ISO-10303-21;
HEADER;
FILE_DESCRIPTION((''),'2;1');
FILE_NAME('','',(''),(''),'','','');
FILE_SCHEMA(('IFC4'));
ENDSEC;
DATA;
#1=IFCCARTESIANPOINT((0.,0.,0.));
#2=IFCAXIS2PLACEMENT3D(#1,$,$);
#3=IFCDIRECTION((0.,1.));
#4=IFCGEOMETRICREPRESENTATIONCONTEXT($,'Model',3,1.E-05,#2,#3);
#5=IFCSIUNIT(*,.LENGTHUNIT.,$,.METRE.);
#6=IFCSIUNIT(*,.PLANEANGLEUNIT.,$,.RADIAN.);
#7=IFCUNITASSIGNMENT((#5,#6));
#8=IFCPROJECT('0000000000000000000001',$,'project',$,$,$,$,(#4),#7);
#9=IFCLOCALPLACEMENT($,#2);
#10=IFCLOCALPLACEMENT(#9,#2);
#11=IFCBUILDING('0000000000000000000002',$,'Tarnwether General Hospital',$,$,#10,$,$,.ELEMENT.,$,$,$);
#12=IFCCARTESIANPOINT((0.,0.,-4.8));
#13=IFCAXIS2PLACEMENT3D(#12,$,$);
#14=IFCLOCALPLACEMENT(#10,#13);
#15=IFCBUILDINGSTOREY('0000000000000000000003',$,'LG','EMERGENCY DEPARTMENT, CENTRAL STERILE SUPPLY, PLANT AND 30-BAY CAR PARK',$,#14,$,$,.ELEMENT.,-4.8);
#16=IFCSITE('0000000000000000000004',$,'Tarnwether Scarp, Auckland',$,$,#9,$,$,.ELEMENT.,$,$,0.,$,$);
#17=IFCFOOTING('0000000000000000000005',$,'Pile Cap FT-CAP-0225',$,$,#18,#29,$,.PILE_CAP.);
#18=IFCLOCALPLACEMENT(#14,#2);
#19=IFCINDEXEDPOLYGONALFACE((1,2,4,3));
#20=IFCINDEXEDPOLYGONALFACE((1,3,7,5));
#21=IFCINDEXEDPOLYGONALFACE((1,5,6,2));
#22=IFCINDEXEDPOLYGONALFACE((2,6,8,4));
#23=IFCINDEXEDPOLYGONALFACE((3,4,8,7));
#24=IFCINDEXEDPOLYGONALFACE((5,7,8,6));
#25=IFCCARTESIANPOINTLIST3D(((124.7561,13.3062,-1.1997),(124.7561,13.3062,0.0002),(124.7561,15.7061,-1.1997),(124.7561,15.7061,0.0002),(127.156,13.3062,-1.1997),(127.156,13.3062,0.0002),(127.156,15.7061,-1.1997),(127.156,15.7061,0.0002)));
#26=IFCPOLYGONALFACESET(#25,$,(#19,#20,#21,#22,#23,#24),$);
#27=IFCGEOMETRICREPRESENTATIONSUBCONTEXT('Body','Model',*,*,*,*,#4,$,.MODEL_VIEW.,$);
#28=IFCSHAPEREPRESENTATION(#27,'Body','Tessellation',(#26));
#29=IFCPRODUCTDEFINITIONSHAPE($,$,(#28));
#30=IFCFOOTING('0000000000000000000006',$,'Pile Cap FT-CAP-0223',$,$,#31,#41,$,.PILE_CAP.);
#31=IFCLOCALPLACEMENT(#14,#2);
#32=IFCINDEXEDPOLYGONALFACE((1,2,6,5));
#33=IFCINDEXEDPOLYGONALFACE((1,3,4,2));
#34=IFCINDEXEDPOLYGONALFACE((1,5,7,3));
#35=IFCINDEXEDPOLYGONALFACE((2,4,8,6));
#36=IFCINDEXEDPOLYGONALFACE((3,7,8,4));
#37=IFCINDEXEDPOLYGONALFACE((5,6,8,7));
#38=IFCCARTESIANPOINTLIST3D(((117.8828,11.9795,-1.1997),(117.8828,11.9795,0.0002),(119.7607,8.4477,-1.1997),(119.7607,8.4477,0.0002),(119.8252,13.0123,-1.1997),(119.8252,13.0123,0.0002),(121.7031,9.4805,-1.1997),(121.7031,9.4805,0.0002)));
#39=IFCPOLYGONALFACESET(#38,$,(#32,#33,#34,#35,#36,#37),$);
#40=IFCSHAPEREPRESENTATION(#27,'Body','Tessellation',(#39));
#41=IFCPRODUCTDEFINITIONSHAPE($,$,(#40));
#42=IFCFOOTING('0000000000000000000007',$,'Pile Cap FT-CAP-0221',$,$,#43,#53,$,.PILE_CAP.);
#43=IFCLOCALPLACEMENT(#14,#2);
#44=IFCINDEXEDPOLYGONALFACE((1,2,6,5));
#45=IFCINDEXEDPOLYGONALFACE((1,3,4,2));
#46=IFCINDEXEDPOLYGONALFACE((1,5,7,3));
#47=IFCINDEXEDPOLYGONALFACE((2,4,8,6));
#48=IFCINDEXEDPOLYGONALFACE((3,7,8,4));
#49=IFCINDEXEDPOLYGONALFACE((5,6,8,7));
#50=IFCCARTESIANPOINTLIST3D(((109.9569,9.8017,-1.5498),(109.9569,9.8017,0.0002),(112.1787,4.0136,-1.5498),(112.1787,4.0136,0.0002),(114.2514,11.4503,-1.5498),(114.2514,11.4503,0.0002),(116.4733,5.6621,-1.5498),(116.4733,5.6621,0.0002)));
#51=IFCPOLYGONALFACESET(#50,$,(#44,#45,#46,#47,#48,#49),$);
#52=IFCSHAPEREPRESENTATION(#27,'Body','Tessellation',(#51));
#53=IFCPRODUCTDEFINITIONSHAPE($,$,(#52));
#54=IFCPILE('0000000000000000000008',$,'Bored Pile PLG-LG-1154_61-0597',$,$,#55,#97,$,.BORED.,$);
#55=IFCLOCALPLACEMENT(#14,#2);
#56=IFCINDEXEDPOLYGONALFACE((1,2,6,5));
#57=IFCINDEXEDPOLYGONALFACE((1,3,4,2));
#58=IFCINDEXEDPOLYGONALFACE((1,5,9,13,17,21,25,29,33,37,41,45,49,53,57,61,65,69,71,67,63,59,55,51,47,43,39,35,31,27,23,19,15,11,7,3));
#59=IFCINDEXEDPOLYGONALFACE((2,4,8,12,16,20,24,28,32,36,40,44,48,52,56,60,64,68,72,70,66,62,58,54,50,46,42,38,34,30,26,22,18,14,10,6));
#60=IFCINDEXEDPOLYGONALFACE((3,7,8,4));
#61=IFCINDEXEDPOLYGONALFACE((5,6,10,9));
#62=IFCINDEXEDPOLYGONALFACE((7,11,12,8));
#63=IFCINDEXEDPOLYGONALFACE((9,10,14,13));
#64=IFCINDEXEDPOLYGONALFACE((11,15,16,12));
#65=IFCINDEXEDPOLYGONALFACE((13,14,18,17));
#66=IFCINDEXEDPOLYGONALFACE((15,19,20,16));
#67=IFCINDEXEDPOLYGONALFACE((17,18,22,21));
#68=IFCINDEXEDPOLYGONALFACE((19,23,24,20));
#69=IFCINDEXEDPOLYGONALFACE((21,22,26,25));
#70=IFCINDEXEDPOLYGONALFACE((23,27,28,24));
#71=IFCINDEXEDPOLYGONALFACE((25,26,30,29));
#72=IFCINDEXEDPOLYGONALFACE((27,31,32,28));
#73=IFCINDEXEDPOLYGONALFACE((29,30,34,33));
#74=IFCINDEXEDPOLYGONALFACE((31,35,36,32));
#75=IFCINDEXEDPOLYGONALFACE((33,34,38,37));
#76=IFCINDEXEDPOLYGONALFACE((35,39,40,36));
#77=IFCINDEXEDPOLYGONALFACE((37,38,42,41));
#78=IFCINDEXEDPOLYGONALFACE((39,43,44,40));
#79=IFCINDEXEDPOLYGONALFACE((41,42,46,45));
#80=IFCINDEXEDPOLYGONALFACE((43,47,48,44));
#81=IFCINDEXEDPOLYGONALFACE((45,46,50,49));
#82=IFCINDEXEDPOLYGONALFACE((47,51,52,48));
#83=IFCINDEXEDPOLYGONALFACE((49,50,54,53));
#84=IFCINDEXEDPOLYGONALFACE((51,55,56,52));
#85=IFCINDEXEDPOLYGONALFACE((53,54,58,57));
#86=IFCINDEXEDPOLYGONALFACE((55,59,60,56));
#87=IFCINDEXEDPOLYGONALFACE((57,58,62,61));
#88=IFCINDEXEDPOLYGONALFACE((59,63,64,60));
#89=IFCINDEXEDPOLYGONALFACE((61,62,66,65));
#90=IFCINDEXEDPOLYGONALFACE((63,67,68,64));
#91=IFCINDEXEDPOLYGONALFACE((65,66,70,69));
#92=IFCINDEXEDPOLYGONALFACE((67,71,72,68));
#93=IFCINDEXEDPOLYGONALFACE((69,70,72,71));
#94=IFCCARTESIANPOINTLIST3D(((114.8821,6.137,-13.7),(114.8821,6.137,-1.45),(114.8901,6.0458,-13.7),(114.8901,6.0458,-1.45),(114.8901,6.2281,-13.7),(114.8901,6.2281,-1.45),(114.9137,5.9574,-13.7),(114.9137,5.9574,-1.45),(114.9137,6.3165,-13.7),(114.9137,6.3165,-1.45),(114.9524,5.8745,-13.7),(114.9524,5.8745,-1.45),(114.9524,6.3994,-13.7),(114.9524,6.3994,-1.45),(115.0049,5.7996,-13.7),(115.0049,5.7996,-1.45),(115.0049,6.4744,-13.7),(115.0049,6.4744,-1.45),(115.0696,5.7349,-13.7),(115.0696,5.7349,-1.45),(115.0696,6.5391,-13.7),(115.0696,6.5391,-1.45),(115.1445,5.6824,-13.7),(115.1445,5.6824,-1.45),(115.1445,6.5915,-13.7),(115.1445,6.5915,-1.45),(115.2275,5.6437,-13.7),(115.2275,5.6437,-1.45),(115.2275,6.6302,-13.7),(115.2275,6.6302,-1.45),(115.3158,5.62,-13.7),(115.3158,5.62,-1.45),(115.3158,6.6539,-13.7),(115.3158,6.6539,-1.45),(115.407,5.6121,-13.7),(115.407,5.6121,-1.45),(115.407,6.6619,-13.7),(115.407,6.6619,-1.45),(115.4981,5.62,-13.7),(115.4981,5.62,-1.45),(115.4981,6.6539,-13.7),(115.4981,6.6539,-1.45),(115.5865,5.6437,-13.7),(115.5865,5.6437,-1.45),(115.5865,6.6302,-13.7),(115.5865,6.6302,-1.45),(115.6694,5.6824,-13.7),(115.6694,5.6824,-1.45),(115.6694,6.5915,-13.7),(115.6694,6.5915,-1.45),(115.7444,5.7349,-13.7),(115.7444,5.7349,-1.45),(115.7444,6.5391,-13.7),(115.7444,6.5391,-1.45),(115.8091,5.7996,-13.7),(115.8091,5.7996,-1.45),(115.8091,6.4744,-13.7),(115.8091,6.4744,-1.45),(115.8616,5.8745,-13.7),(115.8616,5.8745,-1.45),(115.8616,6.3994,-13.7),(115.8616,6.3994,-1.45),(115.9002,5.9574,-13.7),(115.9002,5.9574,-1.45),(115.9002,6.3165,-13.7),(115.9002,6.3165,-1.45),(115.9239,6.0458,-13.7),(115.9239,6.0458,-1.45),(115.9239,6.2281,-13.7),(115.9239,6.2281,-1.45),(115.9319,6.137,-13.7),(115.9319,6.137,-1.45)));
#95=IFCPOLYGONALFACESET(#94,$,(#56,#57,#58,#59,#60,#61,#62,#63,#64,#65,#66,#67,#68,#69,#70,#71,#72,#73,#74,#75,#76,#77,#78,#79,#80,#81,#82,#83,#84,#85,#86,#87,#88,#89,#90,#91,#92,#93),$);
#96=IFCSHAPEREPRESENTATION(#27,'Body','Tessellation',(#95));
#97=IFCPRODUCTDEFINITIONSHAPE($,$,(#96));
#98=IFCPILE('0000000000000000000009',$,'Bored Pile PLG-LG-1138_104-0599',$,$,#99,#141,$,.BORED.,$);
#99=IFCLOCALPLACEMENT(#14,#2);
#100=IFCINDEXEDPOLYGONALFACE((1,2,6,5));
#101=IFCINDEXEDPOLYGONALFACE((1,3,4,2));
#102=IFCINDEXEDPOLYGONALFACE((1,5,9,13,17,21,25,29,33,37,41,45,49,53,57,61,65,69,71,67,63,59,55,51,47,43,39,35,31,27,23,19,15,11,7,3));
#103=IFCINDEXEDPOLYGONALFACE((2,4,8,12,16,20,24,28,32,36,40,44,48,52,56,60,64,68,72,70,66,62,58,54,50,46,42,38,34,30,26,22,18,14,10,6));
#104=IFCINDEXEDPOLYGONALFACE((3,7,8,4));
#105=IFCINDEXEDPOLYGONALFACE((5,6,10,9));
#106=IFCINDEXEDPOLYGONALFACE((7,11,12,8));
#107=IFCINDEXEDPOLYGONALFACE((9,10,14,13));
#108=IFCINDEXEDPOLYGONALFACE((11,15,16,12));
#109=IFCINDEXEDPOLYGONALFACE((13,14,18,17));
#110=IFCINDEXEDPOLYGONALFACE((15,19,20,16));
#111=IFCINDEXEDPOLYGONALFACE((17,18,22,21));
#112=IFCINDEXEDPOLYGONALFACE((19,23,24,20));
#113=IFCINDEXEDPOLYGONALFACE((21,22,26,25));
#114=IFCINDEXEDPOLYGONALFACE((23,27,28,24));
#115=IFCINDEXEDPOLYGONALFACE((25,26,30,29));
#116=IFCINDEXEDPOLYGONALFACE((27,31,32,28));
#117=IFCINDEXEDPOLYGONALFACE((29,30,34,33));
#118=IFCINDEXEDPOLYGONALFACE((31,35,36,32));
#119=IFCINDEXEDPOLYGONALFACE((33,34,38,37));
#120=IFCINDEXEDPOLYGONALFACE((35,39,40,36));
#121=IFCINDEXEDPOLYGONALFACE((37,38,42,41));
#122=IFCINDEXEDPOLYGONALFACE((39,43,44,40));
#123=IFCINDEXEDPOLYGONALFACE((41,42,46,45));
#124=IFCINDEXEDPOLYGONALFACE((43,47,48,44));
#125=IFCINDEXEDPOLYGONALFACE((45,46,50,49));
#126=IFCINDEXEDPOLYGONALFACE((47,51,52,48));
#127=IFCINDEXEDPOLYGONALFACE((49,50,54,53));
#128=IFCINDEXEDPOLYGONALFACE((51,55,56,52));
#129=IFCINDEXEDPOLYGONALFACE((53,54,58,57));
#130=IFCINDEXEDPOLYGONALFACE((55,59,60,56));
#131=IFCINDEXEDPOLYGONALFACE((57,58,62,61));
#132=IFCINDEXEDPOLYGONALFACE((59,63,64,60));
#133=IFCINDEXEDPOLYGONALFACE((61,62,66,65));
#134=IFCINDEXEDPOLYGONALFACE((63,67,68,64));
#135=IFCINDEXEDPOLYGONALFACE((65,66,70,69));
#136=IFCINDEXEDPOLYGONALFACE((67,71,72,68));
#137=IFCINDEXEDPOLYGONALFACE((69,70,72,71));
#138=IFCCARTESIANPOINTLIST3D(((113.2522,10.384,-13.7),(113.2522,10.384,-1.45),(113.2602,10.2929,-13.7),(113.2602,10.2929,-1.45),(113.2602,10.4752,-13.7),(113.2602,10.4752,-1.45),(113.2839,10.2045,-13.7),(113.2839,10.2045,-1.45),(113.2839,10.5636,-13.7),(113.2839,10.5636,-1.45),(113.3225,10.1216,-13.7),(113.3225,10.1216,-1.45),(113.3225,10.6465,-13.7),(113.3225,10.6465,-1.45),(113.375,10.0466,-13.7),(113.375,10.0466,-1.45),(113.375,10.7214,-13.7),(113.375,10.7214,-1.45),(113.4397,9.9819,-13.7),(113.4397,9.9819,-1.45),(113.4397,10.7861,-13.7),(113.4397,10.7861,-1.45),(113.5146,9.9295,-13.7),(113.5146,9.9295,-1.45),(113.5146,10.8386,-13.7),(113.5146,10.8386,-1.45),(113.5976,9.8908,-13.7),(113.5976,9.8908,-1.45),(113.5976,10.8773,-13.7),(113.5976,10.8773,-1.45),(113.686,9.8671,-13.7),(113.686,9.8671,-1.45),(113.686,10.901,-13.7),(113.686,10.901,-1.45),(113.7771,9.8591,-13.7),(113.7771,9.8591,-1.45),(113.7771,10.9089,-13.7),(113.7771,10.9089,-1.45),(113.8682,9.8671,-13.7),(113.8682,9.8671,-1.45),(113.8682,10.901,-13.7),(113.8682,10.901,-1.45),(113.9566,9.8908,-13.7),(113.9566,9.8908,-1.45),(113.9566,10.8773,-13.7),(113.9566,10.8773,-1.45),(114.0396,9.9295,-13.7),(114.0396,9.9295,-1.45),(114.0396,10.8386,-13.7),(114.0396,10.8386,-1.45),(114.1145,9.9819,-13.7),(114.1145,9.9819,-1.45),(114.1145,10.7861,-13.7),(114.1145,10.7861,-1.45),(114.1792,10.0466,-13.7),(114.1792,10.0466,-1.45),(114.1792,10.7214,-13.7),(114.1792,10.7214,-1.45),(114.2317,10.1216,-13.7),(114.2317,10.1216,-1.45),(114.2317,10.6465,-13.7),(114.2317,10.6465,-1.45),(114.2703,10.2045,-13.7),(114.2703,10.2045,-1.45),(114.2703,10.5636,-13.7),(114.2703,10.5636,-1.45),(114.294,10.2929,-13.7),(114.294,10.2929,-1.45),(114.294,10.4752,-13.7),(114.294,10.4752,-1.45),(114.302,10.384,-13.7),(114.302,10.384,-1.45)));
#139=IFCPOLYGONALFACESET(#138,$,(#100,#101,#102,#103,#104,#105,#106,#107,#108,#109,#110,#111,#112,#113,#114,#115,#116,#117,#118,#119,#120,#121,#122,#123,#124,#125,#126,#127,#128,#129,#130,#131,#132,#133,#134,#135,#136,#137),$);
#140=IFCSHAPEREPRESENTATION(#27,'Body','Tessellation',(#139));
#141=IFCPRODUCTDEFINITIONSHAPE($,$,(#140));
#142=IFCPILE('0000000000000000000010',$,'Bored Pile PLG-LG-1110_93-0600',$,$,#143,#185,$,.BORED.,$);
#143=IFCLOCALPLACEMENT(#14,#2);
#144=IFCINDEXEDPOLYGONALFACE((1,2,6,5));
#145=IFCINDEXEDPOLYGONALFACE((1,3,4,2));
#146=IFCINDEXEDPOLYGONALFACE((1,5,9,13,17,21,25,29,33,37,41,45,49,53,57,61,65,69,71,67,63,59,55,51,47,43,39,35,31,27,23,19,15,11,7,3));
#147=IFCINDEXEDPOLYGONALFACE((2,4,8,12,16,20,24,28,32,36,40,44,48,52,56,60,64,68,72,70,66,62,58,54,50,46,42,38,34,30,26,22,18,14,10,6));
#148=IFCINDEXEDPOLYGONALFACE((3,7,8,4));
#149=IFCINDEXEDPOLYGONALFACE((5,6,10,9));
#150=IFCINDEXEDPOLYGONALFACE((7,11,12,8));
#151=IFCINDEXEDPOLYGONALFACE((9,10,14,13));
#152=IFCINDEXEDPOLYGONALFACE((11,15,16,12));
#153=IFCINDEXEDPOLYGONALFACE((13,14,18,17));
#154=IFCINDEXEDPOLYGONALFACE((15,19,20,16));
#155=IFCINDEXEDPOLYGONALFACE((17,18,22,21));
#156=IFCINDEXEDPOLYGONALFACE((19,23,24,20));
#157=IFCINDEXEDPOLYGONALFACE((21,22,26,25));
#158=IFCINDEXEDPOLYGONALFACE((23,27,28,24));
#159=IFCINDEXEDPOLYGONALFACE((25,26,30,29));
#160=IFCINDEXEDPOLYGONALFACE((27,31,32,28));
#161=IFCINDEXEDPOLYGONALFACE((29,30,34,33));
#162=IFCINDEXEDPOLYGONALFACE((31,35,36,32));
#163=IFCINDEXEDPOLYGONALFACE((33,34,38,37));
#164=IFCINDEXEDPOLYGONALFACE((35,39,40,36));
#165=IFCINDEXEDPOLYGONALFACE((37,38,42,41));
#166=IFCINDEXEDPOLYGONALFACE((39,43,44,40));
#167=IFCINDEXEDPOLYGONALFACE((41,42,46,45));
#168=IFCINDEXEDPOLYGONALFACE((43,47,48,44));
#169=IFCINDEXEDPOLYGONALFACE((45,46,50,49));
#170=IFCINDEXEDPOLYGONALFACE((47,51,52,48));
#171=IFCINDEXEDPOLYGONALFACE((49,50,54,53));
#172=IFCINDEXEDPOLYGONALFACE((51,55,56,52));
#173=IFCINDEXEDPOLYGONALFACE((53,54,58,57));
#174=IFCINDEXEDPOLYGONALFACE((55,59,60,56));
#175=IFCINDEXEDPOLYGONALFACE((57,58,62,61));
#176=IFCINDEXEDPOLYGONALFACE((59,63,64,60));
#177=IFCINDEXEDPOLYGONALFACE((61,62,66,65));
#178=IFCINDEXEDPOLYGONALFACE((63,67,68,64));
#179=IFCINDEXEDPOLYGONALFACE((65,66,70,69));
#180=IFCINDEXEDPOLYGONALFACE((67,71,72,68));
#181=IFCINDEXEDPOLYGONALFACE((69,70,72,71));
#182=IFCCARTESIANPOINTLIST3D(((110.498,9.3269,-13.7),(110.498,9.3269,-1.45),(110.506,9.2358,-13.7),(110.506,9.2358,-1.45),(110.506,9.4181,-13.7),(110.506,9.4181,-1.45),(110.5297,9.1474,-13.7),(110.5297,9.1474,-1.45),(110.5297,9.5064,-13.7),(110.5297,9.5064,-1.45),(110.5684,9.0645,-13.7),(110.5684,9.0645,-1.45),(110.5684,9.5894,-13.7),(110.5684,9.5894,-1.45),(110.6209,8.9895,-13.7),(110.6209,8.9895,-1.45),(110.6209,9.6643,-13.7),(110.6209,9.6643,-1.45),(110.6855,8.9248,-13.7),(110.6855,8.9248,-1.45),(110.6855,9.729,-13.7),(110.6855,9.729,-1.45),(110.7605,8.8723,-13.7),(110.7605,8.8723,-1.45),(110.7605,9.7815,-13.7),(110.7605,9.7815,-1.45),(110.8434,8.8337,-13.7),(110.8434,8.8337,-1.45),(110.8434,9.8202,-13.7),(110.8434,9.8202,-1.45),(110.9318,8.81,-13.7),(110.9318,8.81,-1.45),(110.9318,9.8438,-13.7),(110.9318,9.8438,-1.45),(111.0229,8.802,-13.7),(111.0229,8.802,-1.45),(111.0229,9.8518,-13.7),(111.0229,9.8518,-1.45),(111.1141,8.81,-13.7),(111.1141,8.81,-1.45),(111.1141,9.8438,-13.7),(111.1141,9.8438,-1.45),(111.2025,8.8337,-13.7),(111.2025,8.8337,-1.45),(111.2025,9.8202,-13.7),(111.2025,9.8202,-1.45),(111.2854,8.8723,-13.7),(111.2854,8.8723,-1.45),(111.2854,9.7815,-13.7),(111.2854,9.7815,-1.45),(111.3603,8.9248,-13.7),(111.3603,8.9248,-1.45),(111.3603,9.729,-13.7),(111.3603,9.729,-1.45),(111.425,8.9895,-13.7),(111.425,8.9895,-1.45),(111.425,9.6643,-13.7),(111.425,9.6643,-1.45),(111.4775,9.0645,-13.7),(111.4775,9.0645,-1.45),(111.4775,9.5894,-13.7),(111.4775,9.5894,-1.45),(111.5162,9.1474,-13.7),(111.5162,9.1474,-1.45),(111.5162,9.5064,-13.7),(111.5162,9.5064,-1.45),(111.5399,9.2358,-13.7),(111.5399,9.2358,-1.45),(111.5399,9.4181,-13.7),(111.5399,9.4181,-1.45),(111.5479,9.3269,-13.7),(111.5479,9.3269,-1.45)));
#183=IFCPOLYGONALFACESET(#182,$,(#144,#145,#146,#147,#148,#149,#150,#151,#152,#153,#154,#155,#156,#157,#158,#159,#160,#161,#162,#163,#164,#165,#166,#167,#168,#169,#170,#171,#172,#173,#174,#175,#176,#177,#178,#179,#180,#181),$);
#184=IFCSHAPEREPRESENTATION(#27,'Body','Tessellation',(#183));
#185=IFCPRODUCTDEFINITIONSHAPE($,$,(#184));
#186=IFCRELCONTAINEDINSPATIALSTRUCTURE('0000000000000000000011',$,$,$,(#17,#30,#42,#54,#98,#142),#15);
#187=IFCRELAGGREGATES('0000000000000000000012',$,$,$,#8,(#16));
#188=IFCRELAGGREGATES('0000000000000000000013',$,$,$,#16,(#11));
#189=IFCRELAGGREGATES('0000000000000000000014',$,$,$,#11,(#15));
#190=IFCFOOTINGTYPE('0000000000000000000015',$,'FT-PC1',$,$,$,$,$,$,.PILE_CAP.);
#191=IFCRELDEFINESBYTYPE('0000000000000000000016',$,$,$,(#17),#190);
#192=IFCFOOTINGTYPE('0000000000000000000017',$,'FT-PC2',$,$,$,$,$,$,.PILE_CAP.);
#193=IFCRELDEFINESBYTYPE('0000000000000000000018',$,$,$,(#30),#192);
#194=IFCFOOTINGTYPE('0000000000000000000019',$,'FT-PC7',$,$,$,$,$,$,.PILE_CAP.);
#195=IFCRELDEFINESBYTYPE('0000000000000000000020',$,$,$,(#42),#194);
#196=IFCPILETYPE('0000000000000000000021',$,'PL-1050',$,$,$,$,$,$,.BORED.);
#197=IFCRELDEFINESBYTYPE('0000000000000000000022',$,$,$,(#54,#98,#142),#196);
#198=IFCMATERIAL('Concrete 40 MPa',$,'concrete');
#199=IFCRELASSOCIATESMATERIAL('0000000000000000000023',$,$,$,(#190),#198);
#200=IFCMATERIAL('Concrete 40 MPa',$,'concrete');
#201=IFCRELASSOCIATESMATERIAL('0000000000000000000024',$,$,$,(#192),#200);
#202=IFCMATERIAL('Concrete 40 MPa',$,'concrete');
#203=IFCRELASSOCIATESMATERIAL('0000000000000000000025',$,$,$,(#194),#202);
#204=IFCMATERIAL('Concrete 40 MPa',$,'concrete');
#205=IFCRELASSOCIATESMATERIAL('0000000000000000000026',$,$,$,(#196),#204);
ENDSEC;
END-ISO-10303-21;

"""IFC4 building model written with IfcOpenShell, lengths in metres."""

from ifc_helpers import new_model, si_unit, direction, frame, origin, origin_2d, place, context, subcontext, project, spatial, rectangle, circle, extrude, material, material_profile, profile_set, type_object, element, save


model = new_model("IFC4")

# Units and contexts
model_context = context("Model", 3, precision=1e-05, world=origin(), true_north=direction((0.0, 1.0)))
body_context = subcontext(model_context, "Body", "Model", "MODEL_VIEW")
ifc_project = project(units=[si_unit("LENGTHUNIT", "METRE"), si_unit("PLANEANGLEUNIT", "RADIAN")], contexts=[model_context])

# Site, building, storey
site_placement = place(None, origin())
site = spatial("IfcSite", under=ifc_project, at=site_placement, Name="Tarnwether Scarp, Auckland", CompositionType="ELEMENT", RefElevation=0.0)
building_placement = place(site_placement, origin())
building = spatial("IfcBuilding", under=site, at=building_placement, Name="Tarnwether General Hospital", CompositionType="ELEMENT")
storey_placement = place(building_placement, frame((0.0, 0.0, -4.8)))
storey = spatial("IfcBuildingStorey", under=building, at=storey_placement, Name="LG", Description="EMERGENCY DEPARTMENT, CENTRAL STERILE SUPPLY, PLANT AND 30-BAY CAR PARK", CompositionType="ELEMENT", Elevation=-4.8)

# Footings
ifc_material_1 = material(Name="Concrete 40 MPa", Category="concrete")
footing_type_1 = type_object("IfcFootingType", Name="FT-PC1", PredefinedType="PILE_CAP", material=ifc_material_1)
footing_1_placement = place(storey_placement, frame((125.9561, 14.5061, -1.1997), z_axis=(0.0, 0.0, 1.0), x_axis=(1.0, 0.0, 0.0)))
element("IfcFooting", 1, at=footing_1_placement, inside=storey, type_object=footing_type_1, Name="Pile Cap FT-CAP-0225", PredefinedType="PILE_CAP", context=body_context, shape_type="SweptSolid", body=[
    extrude(rectangle(XDim=2.3999, YDim=2.3999, at=origin_2d()), origin(), (0.0, 0.0, 1.0), 1.2),
])
ifc_material_2 = material(Name="Concrete 40 MPa", Category="concrete")
footing_type_2 = type_object("IfcFootingType", Name="FT-PC2", PredefinedType="PILE_CAP", material=ifc_material_2)
footing_2_placement = place(storey_placement, frame((119.793, 10.73, -1.1997), z_axis=(0.0, 0.0, 1.0), x_axis=(-0.469472, 0.882948, 0.0)))
element("IfcFooting", 2, at=footing_2_placement, inside=storey, type_object=footing_type_2, Name="Pile Cap FT-CAP-0223", PredefinedType="PILE_CAP", context=body_context, shape_type="SweptSolid", body=[
    extrude(rectangle(XDim=4.0, YDim=2.2, at=origin_2d()), origin(), (0.0, 0.0, 1.0), 1.2),
])
ifc_material_3 = material(Name="Concrete 40 MPa", Category="concrete")
footing_type_3 = type_object("IfcFootingType", Name="FT-PC7", PredefinedType="PILE_CAP", material=ifc_material_3)
footing_3_placement = place(storey_placement, frame((113.2151, 7.7319, -1.5498), z_axis=(0.0, 0.0, 1.0), x_axis=(-0.358368, 0.93358, 0.0)))
element("IfcFooting", 3, at=footing_3_placement, inside=storey, type_object=footing_type_3, Name="Pile Cap FT-CAP-0221", PredefinedType="PILE_CAP", context=body_context, shape_type="SweptSolid", body=[
    extrude(rectangle(XDim=6.2, YDim=4.6001, at=origin_2d()), origin(), (0.0, 0.0, 1.0), 1.55),
])

# Piles
ifc_material_4 = material(Name="Concrete 40 MPa", Category="concrete")
ifc_material_profile_1 = material_profile(ifc_material_4, circle(Radius=0.5249, at=origin_2d()), Name="PILE-D1050")
ifc_profile_set_1 = profile_set([ifc_material_profile_1], Name="Concrete 40 MPa")
pile_type_1 = type_object("IfcPileType", Name="PL-1050", PredefinedType="BORED", material=ifc_profile_set_1)
for number, where, z_axis, x_axis, name in (
    (4, (115.407, 6.137, -1.45), (0.0, 0.0, -1.0), (1.0, 0.0, 0.0), "Bored Pile PLG-LG-1154_61-0597"),
    (5, (113.7771, 10.384, -1.45), (0.0, 0.0, -1.0), (1.0, 0.0, 0.0), "Bored Pile PLG-LG-1138_104-0599"),
    (6, (111.0229, 9.3269, -1.45), (0.0, 0.0, -1.0), (1.0, 0.0, 0.0), "Bored Pile PLG-LG-1110_93-0600"),
):
    element("IfcPile", number, at=place(storey_placement, frame(where, z_axis=z_axis, x_axis=x_axis)), inside=storey, type_object=pile_type_1, Name=name, PredefinedType="BORED", context=body_context, shape_type="SweptSolid", body=[
        extrude(circle(Radius=0.5249, at=origin_2d()), origin(), (0.0, 0.0, 1.0), 12.25),
    ])

save(model, "model.ifc")
